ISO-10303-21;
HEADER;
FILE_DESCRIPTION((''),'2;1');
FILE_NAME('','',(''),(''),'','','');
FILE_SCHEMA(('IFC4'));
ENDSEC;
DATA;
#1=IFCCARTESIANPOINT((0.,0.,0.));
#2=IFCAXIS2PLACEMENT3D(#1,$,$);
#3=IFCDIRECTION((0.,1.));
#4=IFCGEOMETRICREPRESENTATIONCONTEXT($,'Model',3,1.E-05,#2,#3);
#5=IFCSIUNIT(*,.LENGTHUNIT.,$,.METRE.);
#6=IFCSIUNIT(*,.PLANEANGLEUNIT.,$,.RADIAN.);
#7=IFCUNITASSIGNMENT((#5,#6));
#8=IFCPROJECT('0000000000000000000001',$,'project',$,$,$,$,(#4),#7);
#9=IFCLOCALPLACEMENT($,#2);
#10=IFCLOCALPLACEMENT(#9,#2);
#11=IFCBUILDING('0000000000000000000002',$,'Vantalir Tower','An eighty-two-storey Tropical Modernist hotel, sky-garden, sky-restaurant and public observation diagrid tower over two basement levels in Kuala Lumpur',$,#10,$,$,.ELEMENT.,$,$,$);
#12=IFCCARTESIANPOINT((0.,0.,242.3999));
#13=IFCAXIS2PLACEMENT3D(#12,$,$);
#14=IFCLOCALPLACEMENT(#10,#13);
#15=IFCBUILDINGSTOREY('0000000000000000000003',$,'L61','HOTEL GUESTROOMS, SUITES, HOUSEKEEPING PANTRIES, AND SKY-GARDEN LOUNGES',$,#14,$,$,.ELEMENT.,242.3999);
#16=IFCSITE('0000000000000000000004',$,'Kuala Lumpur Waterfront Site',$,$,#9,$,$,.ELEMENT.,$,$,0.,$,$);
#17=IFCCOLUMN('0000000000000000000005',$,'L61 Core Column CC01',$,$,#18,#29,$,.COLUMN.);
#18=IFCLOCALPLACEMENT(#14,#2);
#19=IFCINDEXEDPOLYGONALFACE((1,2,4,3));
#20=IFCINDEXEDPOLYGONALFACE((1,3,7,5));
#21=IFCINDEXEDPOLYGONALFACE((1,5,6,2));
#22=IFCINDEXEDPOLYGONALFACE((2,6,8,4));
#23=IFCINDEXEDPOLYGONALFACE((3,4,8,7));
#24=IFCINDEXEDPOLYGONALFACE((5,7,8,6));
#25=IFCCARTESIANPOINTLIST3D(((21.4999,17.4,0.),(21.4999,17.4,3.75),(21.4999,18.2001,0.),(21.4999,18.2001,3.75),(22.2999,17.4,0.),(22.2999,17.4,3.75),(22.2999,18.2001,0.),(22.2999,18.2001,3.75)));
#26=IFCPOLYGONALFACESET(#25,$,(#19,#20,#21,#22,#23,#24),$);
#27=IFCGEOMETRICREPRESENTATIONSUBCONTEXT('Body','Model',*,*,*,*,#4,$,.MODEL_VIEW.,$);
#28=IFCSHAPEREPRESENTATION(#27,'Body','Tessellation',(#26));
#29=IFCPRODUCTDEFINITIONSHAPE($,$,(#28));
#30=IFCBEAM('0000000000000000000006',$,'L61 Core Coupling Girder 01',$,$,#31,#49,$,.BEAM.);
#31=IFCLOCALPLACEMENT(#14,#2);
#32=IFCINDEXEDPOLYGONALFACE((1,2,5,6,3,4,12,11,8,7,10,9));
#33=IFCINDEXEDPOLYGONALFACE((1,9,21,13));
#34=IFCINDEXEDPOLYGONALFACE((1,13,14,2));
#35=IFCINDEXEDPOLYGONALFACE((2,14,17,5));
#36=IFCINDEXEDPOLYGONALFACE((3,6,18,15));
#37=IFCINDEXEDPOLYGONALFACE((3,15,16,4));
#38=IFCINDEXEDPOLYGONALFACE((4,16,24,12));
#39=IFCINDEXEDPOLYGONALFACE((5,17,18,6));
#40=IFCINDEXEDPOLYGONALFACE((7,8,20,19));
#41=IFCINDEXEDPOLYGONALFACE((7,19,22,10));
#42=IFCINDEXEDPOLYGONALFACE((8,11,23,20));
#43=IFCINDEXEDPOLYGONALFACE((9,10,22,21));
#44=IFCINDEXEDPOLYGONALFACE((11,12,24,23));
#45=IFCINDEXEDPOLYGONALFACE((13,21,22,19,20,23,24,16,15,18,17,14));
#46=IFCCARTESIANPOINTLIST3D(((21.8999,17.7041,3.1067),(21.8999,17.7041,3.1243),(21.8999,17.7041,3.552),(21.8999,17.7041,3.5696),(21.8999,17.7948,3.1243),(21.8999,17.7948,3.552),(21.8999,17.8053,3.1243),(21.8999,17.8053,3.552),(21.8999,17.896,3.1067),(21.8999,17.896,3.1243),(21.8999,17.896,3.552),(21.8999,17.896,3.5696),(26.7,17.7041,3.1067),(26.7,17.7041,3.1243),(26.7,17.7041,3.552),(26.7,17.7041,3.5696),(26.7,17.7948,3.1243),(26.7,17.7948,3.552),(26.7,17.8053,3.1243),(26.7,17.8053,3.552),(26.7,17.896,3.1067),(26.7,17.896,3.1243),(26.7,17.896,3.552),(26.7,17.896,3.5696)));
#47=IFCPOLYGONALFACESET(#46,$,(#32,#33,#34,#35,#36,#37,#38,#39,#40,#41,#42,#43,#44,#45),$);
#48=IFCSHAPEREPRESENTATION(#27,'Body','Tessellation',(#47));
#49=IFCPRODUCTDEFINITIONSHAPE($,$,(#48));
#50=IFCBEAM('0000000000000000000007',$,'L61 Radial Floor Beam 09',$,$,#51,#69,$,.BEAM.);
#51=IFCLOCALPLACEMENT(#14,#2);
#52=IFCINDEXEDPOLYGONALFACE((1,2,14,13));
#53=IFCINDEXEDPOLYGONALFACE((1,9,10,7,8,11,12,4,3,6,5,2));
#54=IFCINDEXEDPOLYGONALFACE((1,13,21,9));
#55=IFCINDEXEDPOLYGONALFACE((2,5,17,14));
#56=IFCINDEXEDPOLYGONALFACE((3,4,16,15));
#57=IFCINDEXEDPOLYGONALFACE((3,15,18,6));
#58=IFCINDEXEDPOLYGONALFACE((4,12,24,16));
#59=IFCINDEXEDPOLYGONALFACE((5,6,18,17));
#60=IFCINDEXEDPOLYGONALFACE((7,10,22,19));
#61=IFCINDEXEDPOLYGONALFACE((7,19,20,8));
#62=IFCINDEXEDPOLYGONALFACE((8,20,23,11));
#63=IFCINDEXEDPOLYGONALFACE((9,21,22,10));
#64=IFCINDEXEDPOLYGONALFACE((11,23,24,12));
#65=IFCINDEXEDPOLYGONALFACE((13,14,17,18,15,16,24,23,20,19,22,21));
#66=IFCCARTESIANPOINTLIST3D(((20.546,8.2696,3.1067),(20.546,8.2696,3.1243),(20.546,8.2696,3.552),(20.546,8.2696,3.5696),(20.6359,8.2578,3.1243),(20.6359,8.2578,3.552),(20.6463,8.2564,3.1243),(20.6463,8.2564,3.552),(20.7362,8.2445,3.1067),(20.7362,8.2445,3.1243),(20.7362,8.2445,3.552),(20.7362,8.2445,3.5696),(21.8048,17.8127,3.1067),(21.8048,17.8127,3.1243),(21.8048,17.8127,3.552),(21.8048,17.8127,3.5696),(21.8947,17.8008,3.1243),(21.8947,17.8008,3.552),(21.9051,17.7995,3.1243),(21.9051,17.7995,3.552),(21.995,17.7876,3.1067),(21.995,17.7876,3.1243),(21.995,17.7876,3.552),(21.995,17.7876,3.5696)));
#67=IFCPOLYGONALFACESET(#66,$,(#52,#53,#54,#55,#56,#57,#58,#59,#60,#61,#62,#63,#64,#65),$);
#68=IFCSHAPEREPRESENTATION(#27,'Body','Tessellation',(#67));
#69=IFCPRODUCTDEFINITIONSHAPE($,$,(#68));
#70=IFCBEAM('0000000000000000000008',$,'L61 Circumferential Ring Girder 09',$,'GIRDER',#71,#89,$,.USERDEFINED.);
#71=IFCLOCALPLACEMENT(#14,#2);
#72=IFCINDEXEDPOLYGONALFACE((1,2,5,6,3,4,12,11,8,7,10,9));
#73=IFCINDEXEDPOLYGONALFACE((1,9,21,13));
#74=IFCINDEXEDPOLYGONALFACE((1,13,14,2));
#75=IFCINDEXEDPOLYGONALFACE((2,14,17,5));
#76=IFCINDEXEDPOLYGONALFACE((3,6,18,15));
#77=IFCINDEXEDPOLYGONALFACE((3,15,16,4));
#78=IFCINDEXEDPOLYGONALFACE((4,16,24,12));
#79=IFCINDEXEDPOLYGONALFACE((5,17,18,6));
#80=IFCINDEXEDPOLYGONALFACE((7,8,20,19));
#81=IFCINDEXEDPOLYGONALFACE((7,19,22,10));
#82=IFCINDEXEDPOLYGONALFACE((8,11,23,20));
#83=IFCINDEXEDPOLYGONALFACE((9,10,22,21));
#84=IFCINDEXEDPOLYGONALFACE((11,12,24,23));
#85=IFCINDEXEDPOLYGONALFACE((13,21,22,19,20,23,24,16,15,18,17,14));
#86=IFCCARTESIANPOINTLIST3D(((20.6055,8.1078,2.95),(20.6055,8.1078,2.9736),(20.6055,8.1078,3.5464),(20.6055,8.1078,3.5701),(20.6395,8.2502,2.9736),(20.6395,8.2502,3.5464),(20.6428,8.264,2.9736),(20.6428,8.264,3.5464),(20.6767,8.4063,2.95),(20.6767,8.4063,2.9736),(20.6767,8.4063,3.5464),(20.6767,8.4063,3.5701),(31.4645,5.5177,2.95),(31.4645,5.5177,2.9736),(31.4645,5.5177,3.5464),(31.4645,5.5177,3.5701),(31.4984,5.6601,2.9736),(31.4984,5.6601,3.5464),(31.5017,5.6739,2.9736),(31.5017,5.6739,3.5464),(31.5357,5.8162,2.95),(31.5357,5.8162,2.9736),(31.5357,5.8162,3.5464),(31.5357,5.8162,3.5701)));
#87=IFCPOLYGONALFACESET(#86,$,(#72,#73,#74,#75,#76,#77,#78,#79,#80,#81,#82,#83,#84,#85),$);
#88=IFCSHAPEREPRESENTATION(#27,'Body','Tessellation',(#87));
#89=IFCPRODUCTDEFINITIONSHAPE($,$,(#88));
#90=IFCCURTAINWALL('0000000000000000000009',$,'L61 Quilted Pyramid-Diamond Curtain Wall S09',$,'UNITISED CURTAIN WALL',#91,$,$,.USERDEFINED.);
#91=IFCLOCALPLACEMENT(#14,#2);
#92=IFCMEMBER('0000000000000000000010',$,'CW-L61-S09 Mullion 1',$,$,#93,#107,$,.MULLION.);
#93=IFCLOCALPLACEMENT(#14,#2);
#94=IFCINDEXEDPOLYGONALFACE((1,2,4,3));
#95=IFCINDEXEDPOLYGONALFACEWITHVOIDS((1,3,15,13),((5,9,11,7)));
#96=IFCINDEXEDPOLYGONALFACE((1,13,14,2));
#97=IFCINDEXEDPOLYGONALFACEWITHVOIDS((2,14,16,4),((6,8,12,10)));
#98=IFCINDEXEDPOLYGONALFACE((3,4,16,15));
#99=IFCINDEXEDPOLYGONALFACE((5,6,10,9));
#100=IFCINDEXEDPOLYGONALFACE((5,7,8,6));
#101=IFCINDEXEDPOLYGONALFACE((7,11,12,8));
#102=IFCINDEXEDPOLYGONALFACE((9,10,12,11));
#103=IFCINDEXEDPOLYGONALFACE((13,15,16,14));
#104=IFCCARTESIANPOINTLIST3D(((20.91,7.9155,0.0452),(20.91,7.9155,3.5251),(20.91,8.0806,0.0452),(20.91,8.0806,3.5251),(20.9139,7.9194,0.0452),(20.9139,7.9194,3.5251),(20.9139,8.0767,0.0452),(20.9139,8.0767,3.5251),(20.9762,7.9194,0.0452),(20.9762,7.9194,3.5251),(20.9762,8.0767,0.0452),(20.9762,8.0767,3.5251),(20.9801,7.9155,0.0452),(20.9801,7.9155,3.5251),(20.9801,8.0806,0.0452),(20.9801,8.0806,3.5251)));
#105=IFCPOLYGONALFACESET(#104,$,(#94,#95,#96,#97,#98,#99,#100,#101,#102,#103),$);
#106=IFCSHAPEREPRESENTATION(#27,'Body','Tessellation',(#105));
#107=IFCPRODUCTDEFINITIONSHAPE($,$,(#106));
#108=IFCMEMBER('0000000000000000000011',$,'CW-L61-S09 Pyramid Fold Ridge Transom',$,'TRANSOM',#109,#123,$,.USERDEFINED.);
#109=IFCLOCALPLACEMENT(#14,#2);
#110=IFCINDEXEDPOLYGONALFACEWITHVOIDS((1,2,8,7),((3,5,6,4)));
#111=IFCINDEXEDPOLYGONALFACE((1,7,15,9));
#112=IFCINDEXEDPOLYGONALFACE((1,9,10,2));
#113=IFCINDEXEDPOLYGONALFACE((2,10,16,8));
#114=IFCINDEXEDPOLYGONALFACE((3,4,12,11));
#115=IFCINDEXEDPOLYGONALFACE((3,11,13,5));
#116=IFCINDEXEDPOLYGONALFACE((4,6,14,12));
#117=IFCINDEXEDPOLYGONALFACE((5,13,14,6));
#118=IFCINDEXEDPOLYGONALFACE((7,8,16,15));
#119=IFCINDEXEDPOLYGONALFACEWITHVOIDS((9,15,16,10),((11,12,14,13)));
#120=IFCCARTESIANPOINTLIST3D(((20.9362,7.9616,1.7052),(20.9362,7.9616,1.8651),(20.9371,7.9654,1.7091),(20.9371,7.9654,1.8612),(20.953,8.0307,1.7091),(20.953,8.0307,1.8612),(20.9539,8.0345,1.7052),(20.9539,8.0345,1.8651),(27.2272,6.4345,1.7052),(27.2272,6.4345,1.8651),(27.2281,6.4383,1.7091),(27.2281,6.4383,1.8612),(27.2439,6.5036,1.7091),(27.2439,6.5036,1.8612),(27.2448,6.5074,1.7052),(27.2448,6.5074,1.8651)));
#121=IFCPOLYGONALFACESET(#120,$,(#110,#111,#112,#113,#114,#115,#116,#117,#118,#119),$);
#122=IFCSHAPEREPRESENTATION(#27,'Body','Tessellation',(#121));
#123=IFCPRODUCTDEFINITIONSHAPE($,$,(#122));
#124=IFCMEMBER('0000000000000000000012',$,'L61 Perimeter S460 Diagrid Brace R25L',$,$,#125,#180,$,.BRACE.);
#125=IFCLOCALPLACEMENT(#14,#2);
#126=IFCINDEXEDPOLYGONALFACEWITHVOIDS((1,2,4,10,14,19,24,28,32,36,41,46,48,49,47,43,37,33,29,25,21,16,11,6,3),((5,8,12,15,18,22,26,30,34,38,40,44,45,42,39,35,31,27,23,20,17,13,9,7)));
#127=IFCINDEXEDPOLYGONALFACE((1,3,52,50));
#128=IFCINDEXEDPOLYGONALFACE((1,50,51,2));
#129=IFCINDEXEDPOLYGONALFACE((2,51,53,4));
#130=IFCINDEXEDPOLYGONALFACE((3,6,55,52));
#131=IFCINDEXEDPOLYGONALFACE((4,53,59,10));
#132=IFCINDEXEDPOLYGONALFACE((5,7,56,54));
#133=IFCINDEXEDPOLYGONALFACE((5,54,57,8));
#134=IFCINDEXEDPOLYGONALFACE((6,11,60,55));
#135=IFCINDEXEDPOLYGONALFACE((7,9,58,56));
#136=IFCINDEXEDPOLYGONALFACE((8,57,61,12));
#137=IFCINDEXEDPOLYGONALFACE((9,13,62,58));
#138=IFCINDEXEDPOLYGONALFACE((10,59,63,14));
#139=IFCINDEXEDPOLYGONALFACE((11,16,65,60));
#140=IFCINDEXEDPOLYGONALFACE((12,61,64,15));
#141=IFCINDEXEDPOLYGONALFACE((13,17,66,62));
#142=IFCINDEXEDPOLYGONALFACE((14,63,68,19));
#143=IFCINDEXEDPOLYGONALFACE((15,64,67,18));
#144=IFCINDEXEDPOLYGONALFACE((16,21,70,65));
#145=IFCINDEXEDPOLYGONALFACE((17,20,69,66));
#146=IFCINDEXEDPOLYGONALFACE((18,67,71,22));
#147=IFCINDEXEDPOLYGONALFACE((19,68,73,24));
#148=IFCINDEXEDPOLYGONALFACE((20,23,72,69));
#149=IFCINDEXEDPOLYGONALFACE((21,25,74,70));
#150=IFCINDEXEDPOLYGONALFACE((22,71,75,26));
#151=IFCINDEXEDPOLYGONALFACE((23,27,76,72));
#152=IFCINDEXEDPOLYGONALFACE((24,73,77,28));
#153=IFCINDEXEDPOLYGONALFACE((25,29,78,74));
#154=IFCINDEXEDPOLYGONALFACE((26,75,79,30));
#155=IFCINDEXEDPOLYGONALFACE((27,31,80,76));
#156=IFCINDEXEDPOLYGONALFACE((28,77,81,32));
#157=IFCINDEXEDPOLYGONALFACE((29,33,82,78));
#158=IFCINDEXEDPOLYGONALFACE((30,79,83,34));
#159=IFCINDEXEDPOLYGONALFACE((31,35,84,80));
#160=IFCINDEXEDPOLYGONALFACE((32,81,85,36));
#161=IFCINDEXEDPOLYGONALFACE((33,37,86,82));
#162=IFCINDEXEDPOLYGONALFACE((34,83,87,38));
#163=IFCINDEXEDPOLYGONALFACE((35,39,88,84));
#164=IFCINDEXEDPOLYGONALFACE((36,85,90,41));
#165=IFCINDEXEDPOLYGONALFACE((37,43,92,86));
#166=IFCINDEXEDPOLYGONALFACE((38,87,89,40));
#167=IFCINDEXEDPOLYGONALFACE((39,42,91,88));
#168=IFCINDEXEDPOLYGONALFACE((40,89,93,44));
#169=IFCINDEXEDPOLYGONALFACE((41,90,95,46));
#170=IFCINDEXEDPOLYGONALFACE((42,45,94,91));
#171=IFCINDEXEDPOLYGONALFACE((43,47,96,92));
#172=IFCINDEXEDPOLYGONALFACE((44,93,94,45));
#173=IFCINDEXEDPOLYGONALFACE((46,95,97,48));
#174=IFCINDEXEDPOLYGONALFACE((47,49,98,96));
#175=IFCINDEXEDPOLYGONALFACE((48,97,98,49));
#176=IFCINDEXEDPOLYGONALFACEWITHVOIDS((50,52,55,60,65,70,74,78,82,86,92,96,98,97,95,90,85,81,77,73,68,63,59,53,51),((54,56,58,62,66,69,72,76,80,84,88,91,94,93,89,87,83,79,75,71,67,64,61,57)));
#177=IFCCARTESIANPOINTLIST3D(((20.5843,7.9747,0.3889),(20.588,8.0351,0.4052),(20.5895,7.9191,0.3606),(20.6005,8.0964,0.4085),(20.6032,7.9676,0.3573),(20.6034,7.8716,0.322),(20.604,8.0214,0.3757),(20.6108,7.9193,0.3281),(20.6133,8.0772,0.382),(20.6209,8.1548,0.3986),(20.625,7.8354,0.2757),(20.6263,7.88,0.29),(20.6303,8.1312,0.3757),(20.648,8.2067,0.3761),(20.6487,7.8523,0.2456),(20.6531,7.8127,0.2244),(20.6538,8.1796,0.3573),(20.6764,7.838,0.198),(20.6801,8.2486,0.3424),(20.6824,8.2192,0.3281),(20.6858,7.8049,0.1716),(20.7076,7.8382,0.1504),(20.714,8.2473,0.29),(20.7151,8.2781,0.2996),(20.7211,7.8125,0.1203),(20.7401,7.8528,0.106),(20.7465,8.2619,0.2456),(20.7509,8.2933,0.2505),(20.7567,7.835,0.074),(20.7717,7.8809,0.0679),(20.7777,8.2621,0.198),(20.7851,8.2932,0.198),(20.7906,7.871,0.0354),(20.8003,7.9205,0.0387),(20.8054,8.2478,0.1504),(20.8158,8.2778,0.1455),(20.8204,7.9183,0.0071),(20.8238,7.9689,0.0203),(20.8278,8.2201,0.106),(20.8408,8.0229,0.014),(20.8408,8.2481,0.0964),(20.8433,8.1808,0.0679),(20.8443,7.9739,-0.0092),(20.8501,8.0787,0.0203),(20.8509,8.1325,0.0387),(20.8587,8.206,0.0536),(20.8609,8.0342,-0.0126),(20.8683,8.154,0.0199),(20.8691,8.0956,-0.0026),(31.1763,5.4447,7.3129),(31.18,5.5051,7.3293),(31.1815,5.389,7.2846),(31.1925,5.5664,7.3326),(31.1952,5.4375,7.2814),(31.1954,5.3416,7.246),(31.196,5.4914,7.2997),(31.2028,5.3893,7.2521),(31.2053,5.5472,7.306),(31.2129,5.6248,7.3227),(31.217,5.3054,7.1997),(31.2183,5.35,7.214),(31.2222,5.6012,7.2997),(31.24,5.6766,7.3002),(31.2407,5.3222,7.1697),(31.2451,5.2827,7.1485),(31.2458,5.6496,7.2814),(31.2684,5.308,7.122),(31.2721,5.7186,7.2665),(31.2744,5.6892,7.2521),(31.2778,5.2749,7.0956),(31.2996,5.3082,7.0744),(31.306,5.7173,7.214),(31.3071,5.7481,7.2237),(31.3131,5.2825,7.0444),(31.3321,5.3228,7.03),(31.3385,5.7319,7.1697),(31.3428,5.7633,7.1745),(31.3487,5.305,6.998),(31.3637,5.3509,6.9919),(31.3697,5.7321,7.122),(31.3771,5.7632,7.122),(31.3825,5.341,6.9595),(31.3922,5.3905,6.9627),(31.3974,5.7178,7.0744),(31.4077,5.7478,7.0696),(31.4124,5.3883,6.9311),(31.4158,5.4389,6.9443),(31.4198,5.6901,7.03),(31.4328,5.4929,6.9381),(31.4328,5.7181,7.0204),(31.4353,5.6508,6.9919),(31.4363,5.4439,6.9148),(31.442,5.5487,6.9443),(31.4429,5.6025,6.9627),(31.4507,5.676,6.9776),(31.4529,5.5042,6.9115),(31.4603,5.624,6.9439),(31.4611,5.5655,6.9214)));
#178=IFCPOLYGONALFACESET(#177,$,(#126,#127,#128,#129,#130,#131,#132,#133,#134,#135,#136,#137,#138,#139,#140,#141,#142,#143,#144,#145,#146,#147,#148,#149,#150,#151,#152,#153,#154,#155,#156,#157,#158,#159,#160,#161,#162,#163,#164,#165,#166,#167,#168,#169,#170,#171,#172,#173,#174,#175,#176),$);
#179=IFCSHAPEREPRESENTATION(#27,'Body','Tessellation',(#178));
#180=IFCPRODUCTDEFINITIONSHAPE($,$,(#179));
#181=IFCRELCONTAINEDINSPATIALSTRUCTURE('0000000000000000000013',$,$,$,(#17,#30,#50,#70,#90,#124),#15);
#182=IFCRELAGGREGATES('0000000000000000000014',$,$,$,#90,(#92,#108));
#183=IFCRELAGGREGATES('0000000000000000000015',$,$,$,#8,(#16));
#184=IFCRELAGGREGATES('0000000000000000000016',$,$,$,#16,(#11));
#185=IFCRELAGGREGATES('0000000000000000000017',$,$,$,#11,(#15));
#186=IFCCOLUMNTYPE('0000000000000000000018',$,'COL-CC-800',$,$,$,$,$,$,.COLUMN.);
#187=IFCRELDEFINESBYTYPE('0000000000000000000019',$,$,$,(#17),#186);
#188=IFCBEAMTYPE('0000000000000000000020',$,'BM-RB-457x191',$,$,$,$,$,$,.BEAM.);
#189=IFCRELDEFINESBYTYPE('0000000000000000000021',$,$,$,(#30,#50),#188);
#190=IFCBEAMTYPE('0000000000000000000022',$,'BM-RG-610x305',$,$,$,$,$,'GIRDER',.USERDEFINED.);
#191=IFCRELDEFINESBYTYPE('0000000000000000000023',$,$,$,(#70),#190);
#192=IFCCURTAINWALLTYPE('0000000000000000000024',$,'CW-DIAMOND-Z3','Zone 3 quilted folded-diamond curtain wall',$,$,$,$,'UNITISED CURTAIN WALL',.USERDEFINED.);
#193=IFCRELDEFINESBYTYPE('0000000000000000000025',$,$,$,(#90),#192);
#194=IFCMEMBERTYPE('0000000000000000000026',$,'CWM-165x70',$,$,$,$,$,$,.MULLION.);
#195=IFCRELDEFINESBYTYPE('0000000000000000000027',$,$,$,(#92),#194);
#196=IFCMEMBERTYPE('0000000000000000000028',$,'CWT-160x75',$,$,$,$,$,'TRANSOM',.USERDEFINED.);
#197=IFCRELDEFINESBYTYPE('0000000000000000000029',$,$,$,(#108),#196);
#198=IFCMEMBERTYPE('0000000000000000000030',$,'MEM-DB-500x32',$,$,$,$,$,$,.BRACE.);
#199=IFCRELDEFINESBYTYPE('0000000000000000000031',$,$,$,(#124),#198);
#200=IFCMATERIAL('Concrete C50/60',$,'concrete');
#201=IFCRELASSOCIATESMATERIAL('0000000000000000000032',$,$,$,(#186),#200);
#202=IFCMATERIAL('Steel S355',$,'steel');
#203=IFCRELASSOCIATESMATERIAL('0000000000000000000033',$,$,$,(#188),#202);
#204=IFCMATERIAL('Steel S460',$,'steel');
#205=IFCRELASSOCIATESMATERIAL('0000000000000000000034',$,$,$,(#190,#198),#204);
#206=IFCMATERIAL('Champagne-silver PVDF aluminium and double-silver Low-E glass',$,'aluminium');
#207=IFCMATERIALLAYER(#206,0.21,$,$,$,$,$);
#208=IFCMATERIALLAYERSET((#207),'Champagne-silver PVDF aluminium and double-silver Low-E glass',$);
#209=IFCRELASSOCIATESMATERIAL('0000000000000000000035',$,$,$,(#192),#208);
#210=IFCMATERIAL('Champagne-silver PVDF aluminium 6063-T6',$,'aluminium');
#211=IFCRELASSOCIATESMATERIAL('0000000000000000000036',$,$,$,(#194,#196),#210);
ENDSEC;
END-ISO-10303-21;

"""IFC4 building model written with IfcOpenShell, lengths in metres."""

from ifc_helpers import new_model, si_unit, direction, frame, origin, origin_2d, place, context, subcontext, project, spatial, rectangle, hollow_rectangle, hollow_circle, i_section, extrude, material, layer, layer_set, material_profile, profile_set, type_object, element, aggregate, save


model = new_model("IFC4")

# Units and contexts
model_context = context("Model", 3, precision=1e-05, world=origin(), true_north=direction((0.0, 1.0)))
body_context = subcontext(model_context, "Body", "Model", "MODEL_VIEW")
ifc_project = project(units=[si_unit("LENGTHUNIT", "METRE"), si_unit("PLANEANGLEUNIT", "RADIAN")], contexts=[model_context])

# Site, building, storey
site_placement = place(None, origin())
site = spatial("IfcSite", under=ifc_project, at=site_placement, Name="Kuala Lumpur Waterfront Site", CompositionType="ELEMENT", RefElevation=0.0)
building_placement = place(site_placement, origin())
building = spatial("IfcBuilding", under=site, at=building_placement, Name="Vantalir Tower", Description="An eighty-two-storey Tropical Modernist hotel, sky-garden, sky-restaurant and public observation diagrid tower over two basement levels in Kuala Lumpur", CompositionType="ELEMENT")
storey_placement = place(building_placement, frame((0.0, 0.0, 242.3999)))
storey = spatial("IfcBuildingStorey", under=building, at=storey_placement, Name="L61", Description="HOTEL GUESTROOMS, SUITES, HOUSEKEEPING PANTRIES, AND SKY-GARDEN LOUNGES", CompositionType="ELEMENT", Elevation=242.3999)

# Column
ifc_material_1 = material(Name="Concrete C50/60", Category="concrete")
ifc_material_profile_1 = material_profile(ifc_material_1, rectangle(XDim=0.8, YDim=0.8, at=origin_2d()), Name="Concrete C50/60")
ifc_profile_set_1 = profile_set([ifc_material_profile_1], Name="Concrete C50/60")
column_type = type_object("IfcColumnType", Name="COL-CC-800", PredefinedType="COLUMN", material=ifc_profile_set_1)
column_placement = place(storey_placement, frame((21.8999, 17.8, 0.0), z_axis=(0.0, 0.0, 1.0), x_axis=(1.0, 0.0, 0.0)))
element("IfcColumn", 1, at=column_placement, inside=storey, type_object=column_type, Name="L61 Core Column CC01", PredefinedType="COLUMN", context=body_context, shape_type="SweptSolid", body=[
    extrude(rectangle(XDim=0.8, YDim=0.8, at=origin_2d()), origin(), (0.0, 0.0, 1.0), 3.75),
])

# Beams
ifc_material_2 = material(Name="Steel S355", Category="steel")
ifc_material_profile_2 = material_profile(ifc_material_2, i_section(OverallWidth=0.1919, OverallDepth=0.4629, WebThickness=0.0105, FlangeThickness=0.0176, at=origin_2d()), Name="Steel S355")
ifc_profile_set_2 = profile_set([ifc_material_profile_2], Name="Steel S355")
beam_type_1 = type_object("IfcBeamType", Name="BM-RB-457x191", PredefinedType="BEAM", material=ifc_profile_set_2)
beam_1_placement = place(storey_placement, frame((21.8999, 17.8, 3.3381), z_axis=(1.0, 0.0, 0.0), x_axis=(0.0, 1.0, 0.0)))
element("IfcBeam", 2, at=beam_1_placement, inside=storey, type_object=beam_type_1, Name="L61 Core Coupling Girder 01", PredefinedType="BEAM", context=body_context, shape_type="SweptSolid", body=[
    extrude(i_section(OverallWidth=0.1919, OverallDepth=0.4629, WebThickness=0.0105, FlangeThickness=0.0176, at=origin_2d()), origin(), (0.0, 0.0, 1.0), 4.8),
])
beam_2_placement = place(storey_placement, frame((20.6411, 8.2571, 3.3381), z_axis=(0.130775, 0.991412, 0.0), x_axis=(-0.991412, 0.130775, 0.0)))
element("IfcBeam", 3, at=beam_2_placement, inside=storey, type_object=beam_type_1, Name="L61 Radial Floor Beam 09", PredefinedType="BEAM", context=body_context, shape_type="SweptSolid", body=[
    extrude(i_section(OverallWidth=0.1919, OverallDepth=0.4629, WebThickness=0.0105, FlangeThickness=0.0176, at=origin_2d()), origin(), (0.0, 0.0, 1.0), 9.6257),
])
ifc_material_3 = material(Name="Steel S460", Category="steel")
ifc_material_profile_3 = material_profile(ifc_material_3, i_section(OverallWidth=0.3069, OverallDepth=0.6201, WebThickness=0.0142, FlangeThickness=0.0237, at=origin_2d()), Name="Steel S460")
ifc_profile_set_3 = profile_set([ifc_material_profile_3], Name="Steel S460")
beam_type_2 = type_object("IfcBeamType", Name="BM-RG-610x305", ElementType="GIRDER", PredefinedType="USERDEFINED", material=ifc_profile_set_3)
beam_3_placement = place(storey_placement, frame((20.6411, 8.2571, 3.26), z_axis=(0.972713, -0.232014, 0.0), x_axis=(0.232014, 0.972713, 0.0)))
element("IfcBeam", 4, at=beam_3_placement, inside=storey, type_object=beam_type_2, Name="L61 Circumferential Ring Girder 09", ObjectType="GIRDER", PredefinedType="USERDEFINED", context=body_context, shape_type="SweptSolid", body=[
    extrude(i_section(OverallWidth=0.3069, OverallDepth=0.6201, WebThickness=0.0142, FlangeThickness=0.0237, at=origin_2d()), origin(), (0.0, 0.0, 1.0), 11.1636),
])

# Curtain wall, members
ifc_material_4 = material(Name="Champagne-silver PVDF aluminium and double-silver Low-E glass", Category="aluminium")
ifc_layer_1 = layer(ifc_material_4, 0.21)
ifc_layer_set_1 = layer_set([ifc_layer_1], Name="Champagne-silver PVDF aluminium and double-silver Low-E glass")
curtain_wall_type = type_object("IfcCurtainWallType", Name="CW-DIAMOND-Z3", Description="Zone 3 quilted folded-diamond curtain wall", ElementType="UNITISED CURTAIN WALL", PredefinedType="USERDEFINED", material=ifc_layer_set_1)
curtain_wall_placement = place(storey_placement, origin())
curtain_wall = element("IfcCurtainWall", 5, at=curtain_wall_placement, inside=storey, type_object=curtain_wall_type, Name="L61 Quilted Pyramid-Diamond Curtain Wall S09", ObjectType="UNITISED CURTAIN WALL", PredefinedType="USERDEFINED")
ifc_material_5 = material(Name="Champagne-silver PVDF aluminium 6063-T6", Category="aluminium")
ifc_material_profile_4 = material_profile(ifc_material_5, hollow_rectangle(XDim=0.0701, YDim=0.165, WallThickness=0.0039, at=origin_2d()), Name="Champagne-silver PVDF aluminium 6063-T6")
ifc_profile_set_4 = profile_set([ifc_material_profile_4], Name="Champagne-silver PVDF aluminium 6063-T6")
member_type_1 = type_object("IfcMemberType", Name="CWM-165x70", PredefinedType="MULLION", material=ifc_profile_set_4)
member_1_placement = place(storey_placement, frame((20.9451, 7.998, 0.0452), z_axis=(0.0, 0.0, 1.0), x_axis=(1.0, 0.0, 0.0)))
member_1 = element("IfcMember", 6, at=member_1_placement, type_object=member_type_1, Name="CW-L61-S09 Mullion 1", PredefinedType="MULLION", context=body_context, shape_type="SweptSolid", body=[
    extrude(hollow_rectangle(XDim=0.0701, YDim=0.165, WallThickness=0.0039, at=origin_2d()), origin(), (0.0, 0.0, 1.0), 3.48),
])
ifc_material_profile_5 = material_profile(ifc_material_5, hollow_rectangle(XDim=0.075, YDim=0.1599, WallThickness=0.0039, at=origin_2d()), Name="Champagne-silver PVDF aluminium 6063-T6")
ifc_profile_set_5 = profile_set([ifc_material_profile_5], Name="Champagne-silver PVDF aluminium 6063-T6")
member_type_2 = type_object("IfcMemberType", Name="CWT-160x75", ElementType="TRANSOM", PredefinedType="USERDEFINED", material=ifc_profile_set_5)
member_2_placement = place(storey_placement, frame((20.9451, 7.998, 1.7852), z_axis=(0.971779, -0.235893, 0.0), x_axis=(0.235893, 0.971779, 0.0)))
member_2 = element("IfcMember", 7, at=member_2_placement, type_object=member_type_2, Name="CW-L61-S09 Pyramid Fold Ridge Transom", ObjectType="TRANSOM", PredefinedType="USERDEFINED", context=body_context, shape_type="SweptSolid", body=[
    extrude(hollow_rectangle(XDim=0.075, YDim=0.1599, WallThickness=0.0039, at=origin_2d()), origin(), (0.0, 0.0, 1.0), 6.4736),
])

# Member
ifc_material_profile_6 = material_profile(ifc_material_3, hollow_circle(Radius=0.25, WallThickness=0.032, at=origin_2d()), Name="Steel S460")
ifc_profile_set_6 = profile_set([ifc_material_profile_6], Name="Steel S460")
member_type_3 = type_object("IfcMemberType", Name="MEM-DB-500x32", PredefinedType="BRACE", material=ifc_profile_set_6)
member_3_placement = place(storey_placement, frame((20.7271, 8.05, 0.198), z_axis=(0.82078, -0.196053, 0.536548), x_axis=(0.232326, 0.972638, 0.0)))
element("IfcMember", 8, at=member_3_placement, inside=storey, type_object=member_type_3, Name="L61 Perimeter S460 Diagrid Brace R25L", PredefinedType="BRACE", context=body_context, shape_type="SweptSolid", body=[
    extrude(hollow_circle(Radius=0.25, WallThickness=0.032, at=origin_2d()), origin(), (0.0, 0.0, 1.0), 12.9048),
])

aggregate(curtain_wall, [member_1, member_2])

save(model, "model.ifc")
